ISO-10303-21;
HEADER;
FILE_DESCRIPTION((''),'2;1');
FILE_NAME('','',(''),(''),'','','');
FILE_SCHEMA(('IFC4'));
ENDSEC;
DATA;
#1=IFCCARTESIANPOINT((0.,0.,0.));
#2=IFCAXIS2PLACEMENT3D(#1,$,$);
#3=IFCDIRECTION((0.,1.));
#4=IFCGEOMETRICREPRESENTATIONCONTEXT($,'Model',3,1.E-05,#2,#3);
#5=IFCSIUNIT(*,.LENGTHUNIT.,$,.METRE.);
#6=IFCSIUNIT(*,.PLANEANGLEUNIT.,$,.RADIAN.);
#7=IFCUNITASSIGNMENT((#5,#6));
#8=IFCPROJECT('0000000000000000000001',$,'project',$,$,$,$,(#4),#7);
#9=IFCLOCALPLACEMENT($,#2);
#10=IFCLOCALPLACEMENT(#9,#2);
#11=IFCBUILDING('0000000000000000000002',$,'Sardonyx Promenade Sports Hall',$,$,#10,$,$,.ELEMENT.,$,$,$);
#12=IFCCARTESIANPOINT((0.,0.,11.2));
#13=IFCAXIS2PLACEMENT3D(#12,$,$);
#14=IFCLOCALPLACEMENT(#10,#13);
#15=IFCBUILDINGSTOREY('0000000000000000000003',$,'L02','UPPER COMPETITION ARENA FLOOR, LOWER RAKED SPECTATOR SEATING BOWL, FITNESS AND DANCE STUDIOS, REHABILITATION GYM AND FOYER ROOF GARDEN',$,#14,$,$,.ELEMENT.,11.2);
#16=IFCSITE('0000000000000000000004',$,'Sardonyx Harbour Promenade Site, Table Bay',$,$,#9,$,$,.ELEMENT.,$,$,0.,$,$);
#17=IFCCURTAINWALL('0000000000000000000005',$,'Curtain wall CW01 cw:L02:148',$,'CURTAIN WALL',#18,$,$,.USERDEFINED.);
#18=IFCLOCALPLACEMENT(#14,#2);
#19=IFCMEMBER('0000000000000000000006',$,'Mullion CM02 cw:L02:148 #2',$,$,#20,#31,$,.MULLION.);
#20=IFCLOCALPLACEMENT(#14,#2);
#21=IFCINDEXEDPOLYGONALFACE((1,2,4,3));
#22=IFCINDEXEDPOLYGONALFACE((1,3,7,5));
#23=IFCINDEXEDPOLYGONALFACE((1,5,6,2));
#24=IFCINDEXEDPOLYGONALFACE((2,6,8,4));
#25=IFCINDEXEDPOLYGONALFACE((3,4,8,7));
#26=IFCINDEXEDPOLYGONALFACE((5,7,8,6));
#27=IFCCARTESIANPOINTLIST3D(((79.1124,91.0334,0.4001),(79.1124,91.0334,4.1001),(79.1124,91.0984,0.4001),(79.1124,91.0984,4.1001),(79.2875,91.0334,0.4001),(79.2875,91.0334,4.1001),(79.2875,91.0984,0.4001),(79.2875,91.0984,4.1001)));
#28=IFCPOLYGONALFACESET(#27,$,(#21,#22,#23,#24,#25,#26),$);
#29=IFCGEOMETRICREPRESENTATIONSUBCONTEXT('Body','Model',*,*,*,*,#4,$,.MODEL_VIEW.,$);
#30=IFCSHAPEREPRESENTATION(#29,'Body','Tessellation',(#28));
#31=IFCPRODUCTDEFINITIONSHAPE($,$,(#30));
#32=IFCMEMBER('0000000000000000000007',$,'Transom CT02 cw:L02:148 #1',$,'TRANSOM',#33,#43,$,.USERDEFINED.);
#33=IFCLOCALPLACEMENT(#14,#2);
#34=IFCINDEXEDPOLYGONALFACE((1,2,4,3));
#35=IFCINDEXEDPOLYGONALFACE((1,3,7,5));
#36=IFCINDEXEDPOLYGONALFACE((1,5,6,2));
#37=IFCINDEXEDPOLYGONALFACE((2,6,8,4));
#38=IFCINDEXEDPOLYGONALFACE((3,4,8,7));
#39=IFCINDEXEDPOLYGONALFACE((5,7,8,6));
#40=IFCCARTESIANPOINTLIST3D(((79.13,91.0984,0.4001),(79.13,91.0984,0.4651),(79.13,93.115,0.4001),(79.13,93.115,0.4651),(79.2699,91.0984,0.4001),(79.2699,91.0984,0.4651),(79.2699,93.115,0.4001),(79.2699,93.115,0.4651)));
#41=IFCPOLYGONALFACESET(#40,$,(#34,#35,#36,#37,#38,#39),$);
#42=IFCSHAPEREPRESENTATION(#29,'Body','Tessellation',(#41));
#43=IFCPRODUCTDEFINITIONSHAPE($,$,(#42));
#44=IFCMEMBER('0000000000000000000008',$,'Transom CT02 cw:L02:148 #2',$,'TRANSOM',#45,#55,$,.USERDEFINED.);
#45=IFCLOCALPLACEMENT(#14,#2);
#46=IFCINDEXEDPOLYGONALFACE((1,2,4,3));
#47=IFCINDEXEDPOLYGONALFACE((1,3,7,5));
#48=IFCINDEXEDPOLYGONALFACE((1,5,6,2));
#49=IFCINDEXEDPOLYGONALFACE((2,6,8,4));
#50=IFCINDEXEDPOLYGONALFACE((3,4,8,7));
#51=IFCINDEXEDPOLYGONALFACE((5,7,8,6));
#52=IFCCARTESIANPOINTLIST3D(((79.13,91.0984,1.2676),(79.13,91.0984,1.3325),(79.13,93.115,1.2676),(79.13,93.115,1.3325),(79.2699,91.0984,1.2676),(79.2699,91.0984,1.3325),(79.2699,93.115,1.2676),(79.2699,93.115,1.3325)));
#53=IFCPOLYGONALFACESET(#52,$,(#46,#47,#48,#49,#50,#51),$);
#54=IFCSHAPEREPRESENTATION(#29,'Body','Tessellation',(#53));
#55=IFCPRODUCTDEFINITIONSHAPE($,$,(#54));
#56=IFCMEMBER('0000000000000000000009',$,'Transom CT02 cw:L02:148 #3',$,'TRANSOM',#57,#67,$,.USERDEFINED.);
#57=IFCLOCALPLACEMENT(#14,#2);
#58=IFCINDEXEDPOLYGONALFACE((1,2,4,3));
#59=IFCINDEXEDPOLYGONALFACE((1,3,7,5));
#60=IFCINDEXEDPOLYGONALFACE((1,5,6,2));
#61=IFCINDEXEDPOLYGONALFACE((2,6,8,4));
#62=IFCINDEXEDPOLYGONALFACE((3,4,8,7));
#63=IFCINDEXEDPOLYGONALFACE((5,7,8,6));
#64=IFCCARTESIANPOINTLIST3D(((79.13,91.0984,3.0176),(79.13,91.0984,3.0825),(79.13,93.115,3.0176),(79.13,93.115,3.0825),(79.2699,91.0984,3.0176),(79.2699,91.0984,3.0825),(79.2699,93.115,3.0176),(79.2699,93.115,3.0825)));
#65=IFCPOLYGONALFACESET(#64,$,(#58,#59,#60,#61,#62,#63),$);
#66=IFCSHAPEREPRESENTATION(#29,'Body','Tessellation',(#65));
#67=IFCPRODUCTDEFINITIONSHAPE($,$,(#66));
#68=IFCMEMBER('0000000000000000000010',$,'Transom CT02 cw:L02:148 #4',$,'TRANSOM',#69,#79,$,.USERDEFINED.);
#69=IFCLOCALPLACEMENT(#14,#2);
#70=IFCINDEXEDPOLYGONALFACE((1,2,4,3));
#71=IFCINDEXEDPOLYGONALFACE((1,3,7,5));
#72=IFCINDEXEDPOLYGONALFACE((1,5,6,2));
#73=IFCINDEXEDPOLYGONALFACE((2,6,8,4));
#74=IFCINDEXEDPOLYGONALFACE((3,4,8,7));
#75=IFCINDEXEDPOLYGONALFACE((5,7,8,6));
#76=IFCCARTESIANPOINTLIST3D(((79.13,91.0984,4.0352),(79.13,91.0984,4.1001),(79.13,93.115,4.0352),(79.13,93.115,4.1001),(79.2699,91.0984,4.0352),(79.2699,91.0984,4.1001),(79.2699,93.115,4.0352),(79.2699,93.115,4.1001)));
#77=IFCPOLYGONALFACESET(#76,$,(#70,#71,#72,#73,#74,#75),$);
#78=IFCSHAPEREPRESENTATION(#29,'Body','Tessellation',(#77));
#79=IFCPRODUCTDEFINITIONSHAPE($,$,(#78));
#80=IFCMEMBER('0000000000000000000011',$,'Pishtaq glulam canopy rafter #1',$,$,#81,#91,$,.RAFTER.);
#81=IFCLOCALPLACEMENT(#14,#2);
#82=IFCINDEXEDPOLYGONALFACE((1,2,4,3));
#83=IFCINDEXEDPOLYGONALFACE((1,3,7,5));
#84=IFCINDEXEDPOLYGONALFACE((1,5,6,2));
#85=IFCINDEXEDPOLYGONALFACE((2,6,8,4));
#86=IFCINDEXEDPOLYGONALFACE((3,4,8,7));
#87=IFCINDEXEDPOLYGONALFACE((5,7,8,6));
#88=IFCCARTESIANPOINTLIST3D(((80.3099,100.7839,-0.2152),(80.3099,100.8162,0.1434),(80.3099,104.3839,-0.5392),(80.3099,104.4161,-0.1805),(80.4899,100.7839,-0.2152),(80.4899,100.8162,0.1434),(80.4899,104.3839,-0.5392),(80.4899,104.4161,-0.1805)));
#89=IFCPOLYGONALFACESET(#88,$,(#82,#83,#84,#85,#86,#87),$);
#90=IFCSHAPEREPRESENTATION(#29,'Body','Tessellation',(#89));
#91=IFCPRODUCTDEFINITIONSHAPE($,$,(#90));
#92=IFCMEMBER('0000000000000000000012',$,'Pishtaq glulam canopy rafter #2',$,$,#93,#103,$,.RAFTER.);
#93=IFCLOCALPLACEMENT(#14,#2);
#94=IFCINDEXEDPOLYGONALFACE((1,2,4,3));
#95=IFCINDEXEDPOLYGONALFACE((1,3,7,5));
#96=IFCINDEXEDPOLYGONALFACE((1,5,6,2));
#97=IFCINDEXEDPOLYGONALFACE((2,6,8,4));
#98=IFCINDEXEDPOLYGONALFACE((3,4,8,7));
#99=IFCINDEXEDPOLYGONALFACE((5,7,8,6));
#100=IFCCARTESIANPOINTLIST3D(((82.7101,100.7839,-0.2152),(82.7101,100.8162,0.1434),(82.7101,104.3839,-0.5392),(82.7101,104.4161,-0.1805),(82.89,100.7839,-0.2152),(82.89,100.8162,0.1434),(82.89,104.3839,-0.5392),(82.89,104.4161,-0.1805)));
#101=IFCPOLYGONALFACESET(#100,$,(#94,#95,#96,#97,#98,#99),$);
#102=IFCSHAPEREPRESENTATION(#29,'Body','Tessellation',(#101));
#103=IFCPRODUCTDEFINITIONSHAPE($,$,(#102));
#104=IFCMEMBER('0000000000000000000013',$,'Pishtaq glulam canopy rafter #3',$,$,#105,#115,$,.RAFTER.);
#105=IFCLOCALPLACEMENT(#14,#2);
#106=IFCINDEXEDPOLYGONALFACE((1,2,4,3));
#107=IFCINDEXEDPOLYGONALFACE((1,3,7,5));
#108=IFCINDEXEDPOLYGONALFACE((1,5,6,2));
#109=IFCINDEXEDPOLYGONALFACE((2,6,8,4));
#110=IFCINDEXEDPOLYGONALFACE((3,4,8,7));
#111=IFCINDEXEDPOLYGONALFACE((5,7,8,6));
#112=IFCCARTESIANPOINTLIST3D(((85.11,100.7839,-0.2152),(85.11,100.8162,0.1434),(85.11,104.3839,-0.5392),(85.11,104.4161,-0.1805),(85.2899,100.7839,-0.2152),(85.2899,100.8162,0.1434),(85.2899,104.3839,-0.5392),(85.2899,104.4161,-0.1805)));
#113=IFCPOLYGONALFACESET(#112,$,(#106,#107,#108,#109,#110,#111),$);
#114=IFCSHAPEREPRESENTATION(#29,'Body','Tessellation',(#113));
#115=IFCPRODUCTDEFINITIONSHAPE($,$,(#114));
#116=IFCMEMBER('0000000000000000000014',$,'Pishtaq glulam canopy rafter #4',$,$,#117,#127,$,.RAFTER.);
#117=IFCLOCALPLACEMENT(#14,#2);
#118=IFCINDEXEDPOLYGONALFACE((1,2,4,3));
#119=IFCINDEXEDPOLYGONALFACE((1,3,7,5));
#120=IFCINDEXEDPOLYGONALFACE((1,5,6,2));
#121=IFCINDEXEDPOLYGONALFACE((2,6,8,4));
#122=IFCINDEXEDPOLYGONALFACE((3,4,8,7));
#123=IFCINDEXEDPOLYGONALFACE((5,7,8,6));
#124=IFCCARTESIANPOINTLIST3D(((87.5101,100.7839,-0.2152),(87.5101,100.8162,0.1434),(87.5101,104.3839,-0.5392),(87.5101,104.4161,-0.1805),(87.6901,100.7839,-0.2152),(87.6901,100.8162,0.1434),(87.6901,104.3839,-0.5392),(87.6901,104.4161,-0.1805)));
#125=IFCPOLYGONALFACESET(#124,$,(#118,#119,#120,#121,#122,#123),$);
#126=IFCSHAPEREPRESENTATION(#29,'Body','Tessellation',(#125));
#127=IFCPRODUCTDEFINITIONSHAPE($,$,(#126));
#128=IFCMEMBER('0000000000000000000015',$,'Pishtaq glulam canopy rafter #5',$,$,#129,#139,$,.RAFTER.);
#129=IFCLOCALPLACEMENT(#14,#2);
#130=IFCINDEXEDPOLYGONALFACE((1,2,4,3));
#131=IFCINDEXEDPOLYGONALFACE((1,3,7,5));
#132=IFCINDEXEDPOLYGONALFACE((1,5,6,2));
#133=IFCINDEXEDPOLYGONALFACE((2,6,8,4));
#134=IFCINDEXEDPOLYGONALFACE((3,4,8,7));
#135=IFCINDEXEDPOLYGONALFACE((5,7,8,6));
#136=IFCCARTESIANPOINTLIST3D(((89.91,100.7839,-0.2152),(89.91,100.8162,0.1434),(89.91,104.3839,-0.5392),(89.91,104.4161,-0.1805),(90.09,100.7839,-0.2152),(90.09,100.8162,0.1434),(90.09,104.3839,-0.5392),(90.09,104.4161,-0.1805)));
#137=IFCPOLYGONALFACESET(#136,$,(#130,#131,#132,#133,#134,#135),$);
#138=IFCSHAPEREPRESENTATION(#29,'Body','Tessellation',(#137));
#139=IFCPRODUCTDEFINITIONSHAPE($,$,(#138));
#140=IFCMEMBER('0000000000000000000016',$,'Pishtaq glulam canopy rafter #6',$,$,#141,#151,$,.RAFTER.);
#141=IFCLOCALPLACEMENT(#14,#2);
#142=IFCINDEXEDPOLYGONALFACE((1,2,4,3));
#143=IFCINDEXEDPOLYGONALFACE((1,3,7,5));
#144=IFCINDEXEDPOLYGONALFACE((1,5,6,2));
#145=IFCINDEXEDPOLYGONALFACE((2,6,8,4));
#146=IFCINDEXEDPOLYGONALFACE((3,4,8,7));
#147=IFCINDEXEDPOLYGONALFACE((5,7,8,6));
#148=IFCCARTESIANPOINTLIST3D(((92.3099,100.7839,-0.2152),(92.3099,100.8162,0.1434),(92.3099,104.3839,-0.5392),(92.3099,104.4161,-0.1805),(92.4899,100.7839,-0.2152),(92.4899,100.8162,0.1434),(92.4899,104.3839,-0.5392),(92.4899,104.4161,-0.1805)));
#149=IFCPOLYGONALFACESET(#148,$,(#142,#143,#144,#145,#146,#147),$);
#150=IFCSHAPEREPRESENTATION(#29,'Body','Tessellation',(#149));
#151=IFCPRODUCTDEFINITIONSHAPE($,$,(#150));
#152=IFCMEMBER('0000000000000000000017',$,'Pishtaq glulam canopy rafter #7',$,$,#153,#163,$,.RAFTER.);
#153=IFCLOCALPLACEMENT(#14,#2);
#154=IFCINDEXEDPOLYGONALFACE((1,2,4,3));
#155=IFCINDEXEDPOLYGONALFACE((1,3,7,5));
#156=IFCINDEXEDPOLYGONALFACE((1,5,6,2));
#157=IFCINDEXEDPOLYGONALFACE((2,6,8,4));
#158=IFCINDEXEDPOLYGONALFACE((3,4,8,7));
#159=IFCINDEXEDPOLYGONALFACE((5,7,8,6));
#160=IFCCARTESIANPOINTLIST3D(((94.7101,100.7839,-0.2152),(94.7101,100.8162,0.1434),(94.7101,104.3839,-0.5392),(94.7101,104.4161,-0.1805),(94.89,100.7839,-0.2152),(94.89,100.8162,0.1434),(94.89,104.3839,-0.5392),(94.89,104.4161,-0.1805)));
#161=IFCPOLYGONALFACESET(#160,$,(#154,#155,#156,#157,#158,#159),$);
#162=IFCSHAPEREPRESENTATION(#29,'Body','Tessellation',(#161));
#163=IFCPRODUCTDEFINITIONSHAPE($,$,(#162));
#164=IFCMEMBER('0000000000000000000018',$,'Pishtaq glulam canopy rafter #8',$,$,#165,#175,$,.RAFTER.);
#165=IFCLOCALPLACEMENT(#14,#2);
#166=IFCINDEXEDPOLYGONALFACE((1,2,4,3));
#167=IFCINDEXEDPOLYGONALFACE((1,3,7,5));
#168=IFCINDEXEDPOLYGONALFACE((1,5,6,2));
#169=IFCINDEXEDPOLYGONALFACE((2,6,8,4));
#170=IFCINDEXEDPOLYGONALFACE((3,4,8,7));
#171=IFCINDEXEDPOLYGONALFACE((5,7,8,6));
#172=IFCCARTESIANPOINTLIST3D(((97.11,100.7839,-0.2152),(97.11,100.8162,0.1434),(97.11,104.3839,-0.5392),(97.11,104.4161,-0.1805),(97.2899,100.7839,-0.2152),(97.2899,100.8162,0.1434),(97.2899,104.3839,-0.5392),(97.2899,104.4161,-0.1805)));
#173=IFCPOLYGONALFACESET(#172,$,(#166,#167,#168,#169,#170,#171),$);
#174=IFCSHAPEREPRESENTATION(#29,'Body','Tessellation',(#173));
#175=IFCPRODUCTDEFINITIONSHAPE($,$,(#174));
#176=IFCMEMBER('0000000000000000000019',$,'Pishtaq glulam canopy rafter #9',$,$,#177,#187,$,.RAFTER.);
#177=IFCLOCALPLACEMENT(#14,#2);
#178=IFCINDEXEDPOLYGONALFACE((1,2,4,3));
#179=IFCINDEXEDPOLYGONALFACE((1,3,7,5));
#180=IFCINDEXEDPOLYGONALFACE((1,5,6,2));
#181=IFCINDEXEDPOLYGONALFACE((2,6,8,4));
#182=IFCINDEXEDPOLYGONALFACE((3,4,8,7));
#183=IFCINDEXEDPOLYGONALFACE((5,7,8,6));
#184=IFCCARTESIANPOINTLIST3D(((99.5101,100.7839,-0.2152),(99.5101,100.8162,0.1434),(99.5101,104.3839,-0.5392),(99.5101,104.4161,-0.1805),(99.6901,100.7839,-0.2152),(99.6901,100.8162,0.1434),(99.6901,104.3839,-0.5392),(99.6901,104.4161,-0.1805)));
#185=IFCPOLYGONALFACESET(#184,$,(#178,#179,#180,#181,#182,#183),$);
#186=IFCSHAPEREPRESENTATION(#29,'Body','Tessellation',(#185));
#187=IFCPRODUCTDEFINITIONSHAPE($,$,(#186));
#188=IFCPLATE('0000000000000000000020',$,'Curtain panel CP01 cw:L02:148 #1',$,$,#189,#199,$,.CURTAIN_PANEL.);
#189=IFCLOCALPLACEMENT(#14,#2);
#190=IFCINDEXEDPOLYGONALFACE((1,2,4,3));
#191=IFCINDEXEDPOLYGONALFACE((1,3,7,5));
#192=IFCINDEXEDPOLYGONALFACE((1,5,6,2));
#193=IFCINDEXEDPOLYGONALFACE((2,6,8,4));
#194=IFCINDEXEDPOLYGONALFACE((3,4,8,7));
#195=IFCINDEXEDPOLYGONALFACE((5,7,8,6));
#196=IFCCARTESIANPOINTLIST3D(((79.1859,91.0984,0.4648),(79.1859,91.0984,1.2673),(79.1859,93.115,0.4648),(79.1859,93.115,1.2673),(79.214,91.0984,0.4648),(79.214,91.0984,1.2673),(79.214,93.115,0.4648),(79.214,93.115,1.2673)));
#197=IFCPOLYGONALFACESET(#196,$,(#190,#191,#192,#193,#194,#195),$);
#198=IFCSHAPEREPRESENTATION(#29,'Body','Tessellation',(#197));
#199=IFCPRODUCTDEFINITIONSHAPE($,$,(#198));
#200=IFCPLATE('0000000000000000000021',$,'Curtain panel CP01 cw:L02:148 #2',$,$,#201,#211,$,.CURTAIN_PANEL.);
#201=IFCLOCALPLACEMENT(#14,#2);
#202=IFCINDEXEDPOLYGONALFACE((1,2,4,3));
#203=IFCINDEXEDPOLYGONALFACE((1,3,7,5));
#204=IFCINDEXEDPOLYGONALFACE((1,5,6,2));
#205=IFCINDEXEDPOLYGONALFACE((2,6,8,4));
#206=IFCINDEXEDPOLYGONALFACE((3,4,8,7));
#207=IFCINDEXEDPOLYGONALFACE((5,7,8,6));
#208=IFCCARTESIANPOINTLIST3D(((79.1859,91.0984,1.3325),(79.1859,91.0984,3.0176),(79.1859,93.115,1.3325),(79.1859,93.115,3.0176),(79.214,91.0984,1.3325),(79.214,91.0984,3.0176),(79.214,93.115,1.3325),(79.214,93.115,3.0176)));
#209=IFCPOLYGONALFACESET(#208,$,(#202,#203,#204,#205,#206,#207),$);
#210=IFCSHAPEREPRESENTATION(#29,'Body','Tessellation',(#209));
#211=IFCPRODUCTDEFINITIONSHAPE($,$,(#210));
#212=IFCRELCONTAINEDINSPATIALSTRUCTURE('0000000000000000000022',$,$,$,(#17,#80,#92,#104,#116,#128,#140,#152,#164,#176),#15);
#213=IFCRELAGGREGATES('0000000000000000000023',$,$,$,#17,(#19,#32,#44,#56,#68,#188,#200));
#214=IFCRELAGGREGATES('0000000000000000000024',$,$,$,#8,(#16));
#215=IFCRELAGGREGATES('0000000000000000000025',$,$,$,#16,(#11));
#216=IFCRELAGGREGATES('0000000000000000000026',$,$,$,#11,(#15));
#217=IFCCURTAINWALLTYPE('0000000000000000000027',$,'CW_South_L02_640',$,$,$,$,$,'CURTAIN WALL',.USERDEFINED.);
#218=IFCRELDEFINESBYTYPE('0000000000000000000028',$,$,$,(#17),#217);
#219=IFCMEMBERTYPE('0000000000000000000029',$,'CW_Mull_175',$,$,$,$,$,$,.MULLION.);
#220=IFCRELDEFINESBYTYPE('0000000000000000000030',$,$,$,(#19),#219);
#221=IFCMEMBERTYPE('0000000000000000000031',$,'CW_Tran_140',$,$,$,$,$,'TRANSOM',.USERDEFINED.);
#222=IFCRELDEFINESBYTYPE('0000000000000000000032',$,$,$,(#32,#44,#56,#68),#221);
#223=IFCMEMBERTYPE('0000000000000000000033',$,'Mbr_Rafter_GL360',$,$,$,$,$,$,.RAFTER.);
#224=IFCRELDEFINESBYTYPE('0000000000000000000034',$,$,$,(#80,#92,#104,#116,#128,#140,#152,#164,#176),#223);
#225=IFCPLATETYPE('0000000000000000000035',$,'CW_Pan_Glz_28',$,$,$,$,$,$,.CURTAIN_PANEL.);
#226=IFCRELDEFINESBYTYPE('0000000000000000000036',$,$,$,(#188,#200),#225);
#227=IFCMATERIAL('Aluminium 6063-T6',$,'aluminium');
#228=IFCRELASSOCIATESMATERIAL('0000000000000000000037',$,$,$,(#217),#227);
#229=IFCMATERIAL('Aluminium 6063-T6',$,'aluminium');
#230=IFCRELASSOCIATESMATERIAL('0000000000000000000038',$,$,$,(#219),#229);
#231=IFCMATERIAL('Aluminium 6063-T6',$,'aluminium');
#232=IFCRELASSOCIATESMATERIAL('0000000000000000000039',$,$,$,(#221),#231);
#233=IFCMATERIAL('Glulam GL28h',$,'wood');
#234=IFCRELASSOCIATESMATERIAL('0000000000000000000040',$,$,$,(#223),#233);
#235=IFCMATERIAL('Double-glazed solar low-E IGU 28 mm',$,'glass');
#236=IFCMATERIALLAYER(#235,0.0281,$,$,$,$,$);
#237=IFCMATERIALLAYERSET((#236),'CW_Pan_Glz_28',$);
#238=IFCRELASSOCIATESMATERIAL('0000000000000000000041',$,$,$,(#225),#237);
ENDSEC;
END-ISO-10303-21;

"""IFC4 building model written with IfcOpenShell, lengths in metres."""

from ifc_helpers import new_model, si_unit, direction, frame, origin, origin_2d, place, context, subcontext, project, spatial, rectangle, extrude, material, layer, layer_set, material_profile, profile_set, type_object, element, aggregate, save


model = new_model("IFC4")

# Units and contexts
model_context = context("Model", 3, precision=1e-05, world=origin(), true_north=direction((0.0, 1.0)))
body_context = subcontext(model_context, "Body", "Model", "MODEL_VIEW")
ifc_project = project(units=[si_unit("LENGTHUNIT", "METRE"), si_unit("PLANEANGLEUNIT", "RADIAN")], contexts=[model_context])

# Site, building, storey
site_placement = place(None, origin())
site = spatial("IfcSite", under=ifc_project, at=site_placement, Name="Sardonyx Harbour Promenade Site, Table Bay", CompositionType="ELEMENT", RefElevation=0.0)
building_placement = place(site_placement, origin())
building = spatial("IfcBuilding", under=site, at=building_placement, Name="Sardonyx Promenade Sports Hall", CompositionType="ELEMENT")
storey_placement = place(building_placement, frame((0.0, 0.0, 11.2)))
storey = spatial("IfcBuildingStorey", under=building, at=storey_placement, Name="L02", Description="UPPER COMPETITION ARENA FLOOR, LOWER RAKED SPECTATOR SEATING BOWL, FITNESS AND DANCE STUDIOS, REHABILITATION GYM AND FOYER ROOF GARDEN", CompositionType="ELEMENT", Elevation=11.2)

# Curtain wall, members
ifc_material_1 = material(Name="Aluminium 6063-T6", Category="aluminium")
curtain_wall_type = type_object("IfcCurtainWallType", Name="CW_South_L02_640", ElementType="CURTAIN WALL", PredefinedType="USERDEFINED", material=ifc_material_1)
curtain_wall_placement = place(storey_placement, origin())
curtain_wall = element("IfcCurtainWall", 1, at=curtain_wall_placement, inside=storey, type_object=curtain_wall_type, Name="Curtain wall CW01 cw:L02:148", ObjectType="CURTAIN WALL", PredefinedType="USERDEFINED")
ifc_material_2 = material(Name="Aluminium 6063-T6", Category="aluminium")
ifc_material_profile_1 = material_profile(ifc_material_2, rectangle(XDim=0.0649, YDim=0.175, at=origin_2d()))
ifc_profile_set_1 = profile_set([ifc_material_profile_1], Name="Aluminium 6063-T6")
member_type_1 = type_object("IfcMemberType", Name="CW_Mull_175", PredefinedType="MULLION", material=ifc_profile_set_1)
member_1_placement = place(storey_placement, frame((79.2, 91.0659, 0.4001), z_axis=(0.0, 0.0, 1.0), x_axis=(0.0, -1.0, 0.0)))
member_1 = element("IfcMember", 2, at=member_1_placement, type_object=member_type_1, Name="Mullion CM02 cw:L02:148 #2", PredefinedType="MULLION", context=body_context, shape_type="SweptSolid", body=[
    extrude(rectangle(XDim=0.0649, YDim=0.175, at=origin_2d()), origin(), (0.0, 0.0, 1.0), 3.7),
])
ifc_material_3 = material(Name="Aluminium 6063-T6", Category="aluminium")
ifc_material_profile_2 = material_profile(ifc_material_3, rectangle(XDim=0.0649, YDim=0.1399, at=origin_2d()))
ifc_profile_set_2 = profile_set([ifc_material_profile_2], Name="Aluminium 6063-T6")
member_type_2 = type_object("IfcMemberType", Name="CW_Tran_140", ElementType="TRANSOM", PredefinedType="USERDEFINED", material=ifc_profile_set_2)
member_2_placement = place(storey_placement, frame((79.2, 93.115, 0.4326), z_axis=(0.0, -1.0, 0.0), x_axis=(0.0, 0.0, 1.0)))
member_2 = element("IfcMember", 3, at=member_2_placement, type_object=member_type_2, Name="Transom CT02 cw:L02:148 #1", ObjectType="TRANSOM", PredefinedType="USERDEFINED", context=body_context, shape_type="SweptSolid", body=[
    extrude(rectangle(XDim=0.0649, YDim=0.1399, at=origin_2d()), origin(), (0.0, 0.0, 1.0), 2.0166),
])
member_3_placement = place(storey_placement, frame((79.2, 93.115, 1.3), z_axis=(0.0, -1.0, 0.0), x_axis=(0.0, 0.0, 1.0)))
member_3 = element("IfcMember", 4, at=member_3_placement, type_object=member_type_2, Name="Transom CT02 cw:L02:148 #2", ObjectType="TRANSOM", PredefinedType="USERDEFINED", context=body_context, shape_type="SweptSolid", body=[
    extrude(rectangle(XDim=0.0649, YDim=0.1399, at=origin_2d()), origin(), (0.0, 0.0, 1.0), 2.0166),
])
member_4_placement = place(storey_placement, frame((79.2, 93.115, 3.05), z_axis=(0.0, -1.0, 0.0), x_axis=(0.0, 0.0, 1.0)))
member_4 = element("IfcMember", 5, at=member_4_placement, type_object=member_type_2, Name="Transom CT02 cw:L02:148 #3", ObjectType="TRANSOM", PredefinedType="USERDEFINED", context=body_context, shape_type="SweptSolid", body=[
    extrude(rectangle(XDim=0.0649, YDim=0.1399, at=origin_2d()), origin(), (0.0, 0.0, 1.0), 2.0166),
])
member_5_placement = place(storey_placement, frame((79.2, 93.115, 4.0676), z_axis=(0.0, -1.0, 0.0), x_axis=(0.0, 0.0, 1.0)))
member_5 = element("IfcMember", 6, at=member_5_placement, type_object=member_type_2, Name="Transom CT02 cw:L02:148 #4", ObjectType="TRANSOM", PredefinedType="USERDEFINED", context=body_context, shape_type="SweptSolid", body=[
    extrude(rectangle(XDim=0.0649, YDim=0.1399, at=origin_2d()), origin(), (0.0, 0.0, 1.0), 2.0166),
])

# Members
ifc_material_4 = material(Name="Glulam GL28h", Category="wood")
ifc_material_profile_3 = material_profile(ifc_material_4, rectangle(XDim=0.1799, YDim=0.3601, at=origin_2d()))
ifc_profile_set_3 = profile_set([ifc_material_profile_3], Name="Glulam GL28h")
member_type_3 = type_object("IfcMemberType", Name="Mbr_Rafter_GL360", PredefinedType="RAFTER", material=ifc_profile_set_3)
for number, where, z_axis, x_axis, name in (
    (7, (80.3999, 100.8, -0.0359), (0.0, 0.995975, -0.089634), (-1.0, 0.0, 0.0), "Pishtaq glulam canopy rafter #1"),
    (8, (82.8, 100.8, -0.0359), (0.0, 0.995975, -0.089634), (-1.0, 0.0, 0.0), "Pishtaq glulam canopy rafter #2"),
    (9, (85.2, 100.8, -0.0359), (0.0, 0.995975, -0.089634), (-1.0, 0.0, 0.0), "Pishtaq glulam canopy rafter #3"),
    (10, (87.6001, 100.8, -0.0359), (0.0, 0.995975, -0.089634), (-1.0, 0.0, 0.0), "Pishtaq glulam canopy rafter #4"),
    (11, (90.0, 100.8, -0.0359), (0.0, 0.995975, -0.089634), (-1.0, 0.0, 0.0), "Pishtaq glulam canopy rafter #5"),
    (12, (92.3999, 100.8, -0.0359), (0.0, 0.995975, -0.089634), (-1.0, 0.0, 0.0), "Pishtaq glulam canopy rafter #6"),
    (13, (94.8, 100.8, -0.0359), (0.0, 0.995975, -0.089634), (-1.0, 0.0, 0.0), "Pishtaq glulam canopy rafter #7"),
    (14, (97.2, 100.8, -0.0359), (0.0, 0.995975, -0.089634), (-1.0, 0.0, 0.0), "Pishtaq glulam canopy rafter #8"),
    (15, (99.6001, 100.8, -0.0359), (0.0, 0.995975, -0.089634), (-1.0, 0.0, 0.0), "Pishtaq glulam canopy rafter #9"),
):
    element("IfcMember", number, at=place(storey_placement, frame(where, z_axis=z_axis, x_axis=x_axis)), inside=storey, type_object=member_type_3, Name=name, PredefinedType="RAFTER", context=body_context, shape_type="SweptSolid", body=[
        extrude(rectangle(XDim=0.1799, YDim=0.3601, at=origin_2d()), origin(), (0.0, 0.0, 1.0), 3.6145),
    ])

# Plates
ifc_material_5 = material(Name="Double-glazed solar low-E IGU 28 mm", Category="glass")
ifc_layer_1 = layer(ifc_material_5, 0.0281)
ifc_layer_set_1 = layer_set([ifc_layer_1], Name="CW_Pan_Glz_28")
plate_type = type_object("IfcPlateType", Name="CW_Pan_Glz_28", PredefinedType="CURTAIN_PANEL", material=ifc_layer_set_1)
plate_1_placement = place(storey_placement, frame((79.2, 92.1067, 0.4648), z_axis=(0.0, 0.0, 1.0), x_axis=(0.0, -1.0, 0.0)))
plate_1 = element("IfcPlate", 16, at=plate_1_placement, type_object=plate_type, Name="Curtain panel CP01 cw:L02:148 #1", PredefinedType="CURTAIN_PANEL", context=body_context, shape_type="SweptSolid", body=[
    extrude(rectangle(XDim=2.0166, YDim=0.0281, at=origin_2d()), origin(), (0.0, 0.0, 1.0), 0.8025),
])
plate_2_placement = place(storey_placement, frame((79.2, 92.1067, 1.3325), z_axis=(0.0, 0.0, 1.0), x_axis=(0.0, -1.0, 0.0)))
plate_2 = element("IfcPlate", 17, at=plate_2_placement, type_object=plate_type, Name="Curtain panel CP01 cw:L02:148 #2", PredefinedType="CURTAIN_PANEL", context=body_context, shape_type="SweptSolid", body=[
    extrude(rectangle(XDim=2.0166, YDim=0.0281, at=origin_2d()), origin(), (0.0, 0.0, 1.0), 1.6851),
])
aggregate(curtain_wall, [member_1, member_2, member_3, member_4, member_5, plate_1, plate_2])

save(model, "model.ifc")
